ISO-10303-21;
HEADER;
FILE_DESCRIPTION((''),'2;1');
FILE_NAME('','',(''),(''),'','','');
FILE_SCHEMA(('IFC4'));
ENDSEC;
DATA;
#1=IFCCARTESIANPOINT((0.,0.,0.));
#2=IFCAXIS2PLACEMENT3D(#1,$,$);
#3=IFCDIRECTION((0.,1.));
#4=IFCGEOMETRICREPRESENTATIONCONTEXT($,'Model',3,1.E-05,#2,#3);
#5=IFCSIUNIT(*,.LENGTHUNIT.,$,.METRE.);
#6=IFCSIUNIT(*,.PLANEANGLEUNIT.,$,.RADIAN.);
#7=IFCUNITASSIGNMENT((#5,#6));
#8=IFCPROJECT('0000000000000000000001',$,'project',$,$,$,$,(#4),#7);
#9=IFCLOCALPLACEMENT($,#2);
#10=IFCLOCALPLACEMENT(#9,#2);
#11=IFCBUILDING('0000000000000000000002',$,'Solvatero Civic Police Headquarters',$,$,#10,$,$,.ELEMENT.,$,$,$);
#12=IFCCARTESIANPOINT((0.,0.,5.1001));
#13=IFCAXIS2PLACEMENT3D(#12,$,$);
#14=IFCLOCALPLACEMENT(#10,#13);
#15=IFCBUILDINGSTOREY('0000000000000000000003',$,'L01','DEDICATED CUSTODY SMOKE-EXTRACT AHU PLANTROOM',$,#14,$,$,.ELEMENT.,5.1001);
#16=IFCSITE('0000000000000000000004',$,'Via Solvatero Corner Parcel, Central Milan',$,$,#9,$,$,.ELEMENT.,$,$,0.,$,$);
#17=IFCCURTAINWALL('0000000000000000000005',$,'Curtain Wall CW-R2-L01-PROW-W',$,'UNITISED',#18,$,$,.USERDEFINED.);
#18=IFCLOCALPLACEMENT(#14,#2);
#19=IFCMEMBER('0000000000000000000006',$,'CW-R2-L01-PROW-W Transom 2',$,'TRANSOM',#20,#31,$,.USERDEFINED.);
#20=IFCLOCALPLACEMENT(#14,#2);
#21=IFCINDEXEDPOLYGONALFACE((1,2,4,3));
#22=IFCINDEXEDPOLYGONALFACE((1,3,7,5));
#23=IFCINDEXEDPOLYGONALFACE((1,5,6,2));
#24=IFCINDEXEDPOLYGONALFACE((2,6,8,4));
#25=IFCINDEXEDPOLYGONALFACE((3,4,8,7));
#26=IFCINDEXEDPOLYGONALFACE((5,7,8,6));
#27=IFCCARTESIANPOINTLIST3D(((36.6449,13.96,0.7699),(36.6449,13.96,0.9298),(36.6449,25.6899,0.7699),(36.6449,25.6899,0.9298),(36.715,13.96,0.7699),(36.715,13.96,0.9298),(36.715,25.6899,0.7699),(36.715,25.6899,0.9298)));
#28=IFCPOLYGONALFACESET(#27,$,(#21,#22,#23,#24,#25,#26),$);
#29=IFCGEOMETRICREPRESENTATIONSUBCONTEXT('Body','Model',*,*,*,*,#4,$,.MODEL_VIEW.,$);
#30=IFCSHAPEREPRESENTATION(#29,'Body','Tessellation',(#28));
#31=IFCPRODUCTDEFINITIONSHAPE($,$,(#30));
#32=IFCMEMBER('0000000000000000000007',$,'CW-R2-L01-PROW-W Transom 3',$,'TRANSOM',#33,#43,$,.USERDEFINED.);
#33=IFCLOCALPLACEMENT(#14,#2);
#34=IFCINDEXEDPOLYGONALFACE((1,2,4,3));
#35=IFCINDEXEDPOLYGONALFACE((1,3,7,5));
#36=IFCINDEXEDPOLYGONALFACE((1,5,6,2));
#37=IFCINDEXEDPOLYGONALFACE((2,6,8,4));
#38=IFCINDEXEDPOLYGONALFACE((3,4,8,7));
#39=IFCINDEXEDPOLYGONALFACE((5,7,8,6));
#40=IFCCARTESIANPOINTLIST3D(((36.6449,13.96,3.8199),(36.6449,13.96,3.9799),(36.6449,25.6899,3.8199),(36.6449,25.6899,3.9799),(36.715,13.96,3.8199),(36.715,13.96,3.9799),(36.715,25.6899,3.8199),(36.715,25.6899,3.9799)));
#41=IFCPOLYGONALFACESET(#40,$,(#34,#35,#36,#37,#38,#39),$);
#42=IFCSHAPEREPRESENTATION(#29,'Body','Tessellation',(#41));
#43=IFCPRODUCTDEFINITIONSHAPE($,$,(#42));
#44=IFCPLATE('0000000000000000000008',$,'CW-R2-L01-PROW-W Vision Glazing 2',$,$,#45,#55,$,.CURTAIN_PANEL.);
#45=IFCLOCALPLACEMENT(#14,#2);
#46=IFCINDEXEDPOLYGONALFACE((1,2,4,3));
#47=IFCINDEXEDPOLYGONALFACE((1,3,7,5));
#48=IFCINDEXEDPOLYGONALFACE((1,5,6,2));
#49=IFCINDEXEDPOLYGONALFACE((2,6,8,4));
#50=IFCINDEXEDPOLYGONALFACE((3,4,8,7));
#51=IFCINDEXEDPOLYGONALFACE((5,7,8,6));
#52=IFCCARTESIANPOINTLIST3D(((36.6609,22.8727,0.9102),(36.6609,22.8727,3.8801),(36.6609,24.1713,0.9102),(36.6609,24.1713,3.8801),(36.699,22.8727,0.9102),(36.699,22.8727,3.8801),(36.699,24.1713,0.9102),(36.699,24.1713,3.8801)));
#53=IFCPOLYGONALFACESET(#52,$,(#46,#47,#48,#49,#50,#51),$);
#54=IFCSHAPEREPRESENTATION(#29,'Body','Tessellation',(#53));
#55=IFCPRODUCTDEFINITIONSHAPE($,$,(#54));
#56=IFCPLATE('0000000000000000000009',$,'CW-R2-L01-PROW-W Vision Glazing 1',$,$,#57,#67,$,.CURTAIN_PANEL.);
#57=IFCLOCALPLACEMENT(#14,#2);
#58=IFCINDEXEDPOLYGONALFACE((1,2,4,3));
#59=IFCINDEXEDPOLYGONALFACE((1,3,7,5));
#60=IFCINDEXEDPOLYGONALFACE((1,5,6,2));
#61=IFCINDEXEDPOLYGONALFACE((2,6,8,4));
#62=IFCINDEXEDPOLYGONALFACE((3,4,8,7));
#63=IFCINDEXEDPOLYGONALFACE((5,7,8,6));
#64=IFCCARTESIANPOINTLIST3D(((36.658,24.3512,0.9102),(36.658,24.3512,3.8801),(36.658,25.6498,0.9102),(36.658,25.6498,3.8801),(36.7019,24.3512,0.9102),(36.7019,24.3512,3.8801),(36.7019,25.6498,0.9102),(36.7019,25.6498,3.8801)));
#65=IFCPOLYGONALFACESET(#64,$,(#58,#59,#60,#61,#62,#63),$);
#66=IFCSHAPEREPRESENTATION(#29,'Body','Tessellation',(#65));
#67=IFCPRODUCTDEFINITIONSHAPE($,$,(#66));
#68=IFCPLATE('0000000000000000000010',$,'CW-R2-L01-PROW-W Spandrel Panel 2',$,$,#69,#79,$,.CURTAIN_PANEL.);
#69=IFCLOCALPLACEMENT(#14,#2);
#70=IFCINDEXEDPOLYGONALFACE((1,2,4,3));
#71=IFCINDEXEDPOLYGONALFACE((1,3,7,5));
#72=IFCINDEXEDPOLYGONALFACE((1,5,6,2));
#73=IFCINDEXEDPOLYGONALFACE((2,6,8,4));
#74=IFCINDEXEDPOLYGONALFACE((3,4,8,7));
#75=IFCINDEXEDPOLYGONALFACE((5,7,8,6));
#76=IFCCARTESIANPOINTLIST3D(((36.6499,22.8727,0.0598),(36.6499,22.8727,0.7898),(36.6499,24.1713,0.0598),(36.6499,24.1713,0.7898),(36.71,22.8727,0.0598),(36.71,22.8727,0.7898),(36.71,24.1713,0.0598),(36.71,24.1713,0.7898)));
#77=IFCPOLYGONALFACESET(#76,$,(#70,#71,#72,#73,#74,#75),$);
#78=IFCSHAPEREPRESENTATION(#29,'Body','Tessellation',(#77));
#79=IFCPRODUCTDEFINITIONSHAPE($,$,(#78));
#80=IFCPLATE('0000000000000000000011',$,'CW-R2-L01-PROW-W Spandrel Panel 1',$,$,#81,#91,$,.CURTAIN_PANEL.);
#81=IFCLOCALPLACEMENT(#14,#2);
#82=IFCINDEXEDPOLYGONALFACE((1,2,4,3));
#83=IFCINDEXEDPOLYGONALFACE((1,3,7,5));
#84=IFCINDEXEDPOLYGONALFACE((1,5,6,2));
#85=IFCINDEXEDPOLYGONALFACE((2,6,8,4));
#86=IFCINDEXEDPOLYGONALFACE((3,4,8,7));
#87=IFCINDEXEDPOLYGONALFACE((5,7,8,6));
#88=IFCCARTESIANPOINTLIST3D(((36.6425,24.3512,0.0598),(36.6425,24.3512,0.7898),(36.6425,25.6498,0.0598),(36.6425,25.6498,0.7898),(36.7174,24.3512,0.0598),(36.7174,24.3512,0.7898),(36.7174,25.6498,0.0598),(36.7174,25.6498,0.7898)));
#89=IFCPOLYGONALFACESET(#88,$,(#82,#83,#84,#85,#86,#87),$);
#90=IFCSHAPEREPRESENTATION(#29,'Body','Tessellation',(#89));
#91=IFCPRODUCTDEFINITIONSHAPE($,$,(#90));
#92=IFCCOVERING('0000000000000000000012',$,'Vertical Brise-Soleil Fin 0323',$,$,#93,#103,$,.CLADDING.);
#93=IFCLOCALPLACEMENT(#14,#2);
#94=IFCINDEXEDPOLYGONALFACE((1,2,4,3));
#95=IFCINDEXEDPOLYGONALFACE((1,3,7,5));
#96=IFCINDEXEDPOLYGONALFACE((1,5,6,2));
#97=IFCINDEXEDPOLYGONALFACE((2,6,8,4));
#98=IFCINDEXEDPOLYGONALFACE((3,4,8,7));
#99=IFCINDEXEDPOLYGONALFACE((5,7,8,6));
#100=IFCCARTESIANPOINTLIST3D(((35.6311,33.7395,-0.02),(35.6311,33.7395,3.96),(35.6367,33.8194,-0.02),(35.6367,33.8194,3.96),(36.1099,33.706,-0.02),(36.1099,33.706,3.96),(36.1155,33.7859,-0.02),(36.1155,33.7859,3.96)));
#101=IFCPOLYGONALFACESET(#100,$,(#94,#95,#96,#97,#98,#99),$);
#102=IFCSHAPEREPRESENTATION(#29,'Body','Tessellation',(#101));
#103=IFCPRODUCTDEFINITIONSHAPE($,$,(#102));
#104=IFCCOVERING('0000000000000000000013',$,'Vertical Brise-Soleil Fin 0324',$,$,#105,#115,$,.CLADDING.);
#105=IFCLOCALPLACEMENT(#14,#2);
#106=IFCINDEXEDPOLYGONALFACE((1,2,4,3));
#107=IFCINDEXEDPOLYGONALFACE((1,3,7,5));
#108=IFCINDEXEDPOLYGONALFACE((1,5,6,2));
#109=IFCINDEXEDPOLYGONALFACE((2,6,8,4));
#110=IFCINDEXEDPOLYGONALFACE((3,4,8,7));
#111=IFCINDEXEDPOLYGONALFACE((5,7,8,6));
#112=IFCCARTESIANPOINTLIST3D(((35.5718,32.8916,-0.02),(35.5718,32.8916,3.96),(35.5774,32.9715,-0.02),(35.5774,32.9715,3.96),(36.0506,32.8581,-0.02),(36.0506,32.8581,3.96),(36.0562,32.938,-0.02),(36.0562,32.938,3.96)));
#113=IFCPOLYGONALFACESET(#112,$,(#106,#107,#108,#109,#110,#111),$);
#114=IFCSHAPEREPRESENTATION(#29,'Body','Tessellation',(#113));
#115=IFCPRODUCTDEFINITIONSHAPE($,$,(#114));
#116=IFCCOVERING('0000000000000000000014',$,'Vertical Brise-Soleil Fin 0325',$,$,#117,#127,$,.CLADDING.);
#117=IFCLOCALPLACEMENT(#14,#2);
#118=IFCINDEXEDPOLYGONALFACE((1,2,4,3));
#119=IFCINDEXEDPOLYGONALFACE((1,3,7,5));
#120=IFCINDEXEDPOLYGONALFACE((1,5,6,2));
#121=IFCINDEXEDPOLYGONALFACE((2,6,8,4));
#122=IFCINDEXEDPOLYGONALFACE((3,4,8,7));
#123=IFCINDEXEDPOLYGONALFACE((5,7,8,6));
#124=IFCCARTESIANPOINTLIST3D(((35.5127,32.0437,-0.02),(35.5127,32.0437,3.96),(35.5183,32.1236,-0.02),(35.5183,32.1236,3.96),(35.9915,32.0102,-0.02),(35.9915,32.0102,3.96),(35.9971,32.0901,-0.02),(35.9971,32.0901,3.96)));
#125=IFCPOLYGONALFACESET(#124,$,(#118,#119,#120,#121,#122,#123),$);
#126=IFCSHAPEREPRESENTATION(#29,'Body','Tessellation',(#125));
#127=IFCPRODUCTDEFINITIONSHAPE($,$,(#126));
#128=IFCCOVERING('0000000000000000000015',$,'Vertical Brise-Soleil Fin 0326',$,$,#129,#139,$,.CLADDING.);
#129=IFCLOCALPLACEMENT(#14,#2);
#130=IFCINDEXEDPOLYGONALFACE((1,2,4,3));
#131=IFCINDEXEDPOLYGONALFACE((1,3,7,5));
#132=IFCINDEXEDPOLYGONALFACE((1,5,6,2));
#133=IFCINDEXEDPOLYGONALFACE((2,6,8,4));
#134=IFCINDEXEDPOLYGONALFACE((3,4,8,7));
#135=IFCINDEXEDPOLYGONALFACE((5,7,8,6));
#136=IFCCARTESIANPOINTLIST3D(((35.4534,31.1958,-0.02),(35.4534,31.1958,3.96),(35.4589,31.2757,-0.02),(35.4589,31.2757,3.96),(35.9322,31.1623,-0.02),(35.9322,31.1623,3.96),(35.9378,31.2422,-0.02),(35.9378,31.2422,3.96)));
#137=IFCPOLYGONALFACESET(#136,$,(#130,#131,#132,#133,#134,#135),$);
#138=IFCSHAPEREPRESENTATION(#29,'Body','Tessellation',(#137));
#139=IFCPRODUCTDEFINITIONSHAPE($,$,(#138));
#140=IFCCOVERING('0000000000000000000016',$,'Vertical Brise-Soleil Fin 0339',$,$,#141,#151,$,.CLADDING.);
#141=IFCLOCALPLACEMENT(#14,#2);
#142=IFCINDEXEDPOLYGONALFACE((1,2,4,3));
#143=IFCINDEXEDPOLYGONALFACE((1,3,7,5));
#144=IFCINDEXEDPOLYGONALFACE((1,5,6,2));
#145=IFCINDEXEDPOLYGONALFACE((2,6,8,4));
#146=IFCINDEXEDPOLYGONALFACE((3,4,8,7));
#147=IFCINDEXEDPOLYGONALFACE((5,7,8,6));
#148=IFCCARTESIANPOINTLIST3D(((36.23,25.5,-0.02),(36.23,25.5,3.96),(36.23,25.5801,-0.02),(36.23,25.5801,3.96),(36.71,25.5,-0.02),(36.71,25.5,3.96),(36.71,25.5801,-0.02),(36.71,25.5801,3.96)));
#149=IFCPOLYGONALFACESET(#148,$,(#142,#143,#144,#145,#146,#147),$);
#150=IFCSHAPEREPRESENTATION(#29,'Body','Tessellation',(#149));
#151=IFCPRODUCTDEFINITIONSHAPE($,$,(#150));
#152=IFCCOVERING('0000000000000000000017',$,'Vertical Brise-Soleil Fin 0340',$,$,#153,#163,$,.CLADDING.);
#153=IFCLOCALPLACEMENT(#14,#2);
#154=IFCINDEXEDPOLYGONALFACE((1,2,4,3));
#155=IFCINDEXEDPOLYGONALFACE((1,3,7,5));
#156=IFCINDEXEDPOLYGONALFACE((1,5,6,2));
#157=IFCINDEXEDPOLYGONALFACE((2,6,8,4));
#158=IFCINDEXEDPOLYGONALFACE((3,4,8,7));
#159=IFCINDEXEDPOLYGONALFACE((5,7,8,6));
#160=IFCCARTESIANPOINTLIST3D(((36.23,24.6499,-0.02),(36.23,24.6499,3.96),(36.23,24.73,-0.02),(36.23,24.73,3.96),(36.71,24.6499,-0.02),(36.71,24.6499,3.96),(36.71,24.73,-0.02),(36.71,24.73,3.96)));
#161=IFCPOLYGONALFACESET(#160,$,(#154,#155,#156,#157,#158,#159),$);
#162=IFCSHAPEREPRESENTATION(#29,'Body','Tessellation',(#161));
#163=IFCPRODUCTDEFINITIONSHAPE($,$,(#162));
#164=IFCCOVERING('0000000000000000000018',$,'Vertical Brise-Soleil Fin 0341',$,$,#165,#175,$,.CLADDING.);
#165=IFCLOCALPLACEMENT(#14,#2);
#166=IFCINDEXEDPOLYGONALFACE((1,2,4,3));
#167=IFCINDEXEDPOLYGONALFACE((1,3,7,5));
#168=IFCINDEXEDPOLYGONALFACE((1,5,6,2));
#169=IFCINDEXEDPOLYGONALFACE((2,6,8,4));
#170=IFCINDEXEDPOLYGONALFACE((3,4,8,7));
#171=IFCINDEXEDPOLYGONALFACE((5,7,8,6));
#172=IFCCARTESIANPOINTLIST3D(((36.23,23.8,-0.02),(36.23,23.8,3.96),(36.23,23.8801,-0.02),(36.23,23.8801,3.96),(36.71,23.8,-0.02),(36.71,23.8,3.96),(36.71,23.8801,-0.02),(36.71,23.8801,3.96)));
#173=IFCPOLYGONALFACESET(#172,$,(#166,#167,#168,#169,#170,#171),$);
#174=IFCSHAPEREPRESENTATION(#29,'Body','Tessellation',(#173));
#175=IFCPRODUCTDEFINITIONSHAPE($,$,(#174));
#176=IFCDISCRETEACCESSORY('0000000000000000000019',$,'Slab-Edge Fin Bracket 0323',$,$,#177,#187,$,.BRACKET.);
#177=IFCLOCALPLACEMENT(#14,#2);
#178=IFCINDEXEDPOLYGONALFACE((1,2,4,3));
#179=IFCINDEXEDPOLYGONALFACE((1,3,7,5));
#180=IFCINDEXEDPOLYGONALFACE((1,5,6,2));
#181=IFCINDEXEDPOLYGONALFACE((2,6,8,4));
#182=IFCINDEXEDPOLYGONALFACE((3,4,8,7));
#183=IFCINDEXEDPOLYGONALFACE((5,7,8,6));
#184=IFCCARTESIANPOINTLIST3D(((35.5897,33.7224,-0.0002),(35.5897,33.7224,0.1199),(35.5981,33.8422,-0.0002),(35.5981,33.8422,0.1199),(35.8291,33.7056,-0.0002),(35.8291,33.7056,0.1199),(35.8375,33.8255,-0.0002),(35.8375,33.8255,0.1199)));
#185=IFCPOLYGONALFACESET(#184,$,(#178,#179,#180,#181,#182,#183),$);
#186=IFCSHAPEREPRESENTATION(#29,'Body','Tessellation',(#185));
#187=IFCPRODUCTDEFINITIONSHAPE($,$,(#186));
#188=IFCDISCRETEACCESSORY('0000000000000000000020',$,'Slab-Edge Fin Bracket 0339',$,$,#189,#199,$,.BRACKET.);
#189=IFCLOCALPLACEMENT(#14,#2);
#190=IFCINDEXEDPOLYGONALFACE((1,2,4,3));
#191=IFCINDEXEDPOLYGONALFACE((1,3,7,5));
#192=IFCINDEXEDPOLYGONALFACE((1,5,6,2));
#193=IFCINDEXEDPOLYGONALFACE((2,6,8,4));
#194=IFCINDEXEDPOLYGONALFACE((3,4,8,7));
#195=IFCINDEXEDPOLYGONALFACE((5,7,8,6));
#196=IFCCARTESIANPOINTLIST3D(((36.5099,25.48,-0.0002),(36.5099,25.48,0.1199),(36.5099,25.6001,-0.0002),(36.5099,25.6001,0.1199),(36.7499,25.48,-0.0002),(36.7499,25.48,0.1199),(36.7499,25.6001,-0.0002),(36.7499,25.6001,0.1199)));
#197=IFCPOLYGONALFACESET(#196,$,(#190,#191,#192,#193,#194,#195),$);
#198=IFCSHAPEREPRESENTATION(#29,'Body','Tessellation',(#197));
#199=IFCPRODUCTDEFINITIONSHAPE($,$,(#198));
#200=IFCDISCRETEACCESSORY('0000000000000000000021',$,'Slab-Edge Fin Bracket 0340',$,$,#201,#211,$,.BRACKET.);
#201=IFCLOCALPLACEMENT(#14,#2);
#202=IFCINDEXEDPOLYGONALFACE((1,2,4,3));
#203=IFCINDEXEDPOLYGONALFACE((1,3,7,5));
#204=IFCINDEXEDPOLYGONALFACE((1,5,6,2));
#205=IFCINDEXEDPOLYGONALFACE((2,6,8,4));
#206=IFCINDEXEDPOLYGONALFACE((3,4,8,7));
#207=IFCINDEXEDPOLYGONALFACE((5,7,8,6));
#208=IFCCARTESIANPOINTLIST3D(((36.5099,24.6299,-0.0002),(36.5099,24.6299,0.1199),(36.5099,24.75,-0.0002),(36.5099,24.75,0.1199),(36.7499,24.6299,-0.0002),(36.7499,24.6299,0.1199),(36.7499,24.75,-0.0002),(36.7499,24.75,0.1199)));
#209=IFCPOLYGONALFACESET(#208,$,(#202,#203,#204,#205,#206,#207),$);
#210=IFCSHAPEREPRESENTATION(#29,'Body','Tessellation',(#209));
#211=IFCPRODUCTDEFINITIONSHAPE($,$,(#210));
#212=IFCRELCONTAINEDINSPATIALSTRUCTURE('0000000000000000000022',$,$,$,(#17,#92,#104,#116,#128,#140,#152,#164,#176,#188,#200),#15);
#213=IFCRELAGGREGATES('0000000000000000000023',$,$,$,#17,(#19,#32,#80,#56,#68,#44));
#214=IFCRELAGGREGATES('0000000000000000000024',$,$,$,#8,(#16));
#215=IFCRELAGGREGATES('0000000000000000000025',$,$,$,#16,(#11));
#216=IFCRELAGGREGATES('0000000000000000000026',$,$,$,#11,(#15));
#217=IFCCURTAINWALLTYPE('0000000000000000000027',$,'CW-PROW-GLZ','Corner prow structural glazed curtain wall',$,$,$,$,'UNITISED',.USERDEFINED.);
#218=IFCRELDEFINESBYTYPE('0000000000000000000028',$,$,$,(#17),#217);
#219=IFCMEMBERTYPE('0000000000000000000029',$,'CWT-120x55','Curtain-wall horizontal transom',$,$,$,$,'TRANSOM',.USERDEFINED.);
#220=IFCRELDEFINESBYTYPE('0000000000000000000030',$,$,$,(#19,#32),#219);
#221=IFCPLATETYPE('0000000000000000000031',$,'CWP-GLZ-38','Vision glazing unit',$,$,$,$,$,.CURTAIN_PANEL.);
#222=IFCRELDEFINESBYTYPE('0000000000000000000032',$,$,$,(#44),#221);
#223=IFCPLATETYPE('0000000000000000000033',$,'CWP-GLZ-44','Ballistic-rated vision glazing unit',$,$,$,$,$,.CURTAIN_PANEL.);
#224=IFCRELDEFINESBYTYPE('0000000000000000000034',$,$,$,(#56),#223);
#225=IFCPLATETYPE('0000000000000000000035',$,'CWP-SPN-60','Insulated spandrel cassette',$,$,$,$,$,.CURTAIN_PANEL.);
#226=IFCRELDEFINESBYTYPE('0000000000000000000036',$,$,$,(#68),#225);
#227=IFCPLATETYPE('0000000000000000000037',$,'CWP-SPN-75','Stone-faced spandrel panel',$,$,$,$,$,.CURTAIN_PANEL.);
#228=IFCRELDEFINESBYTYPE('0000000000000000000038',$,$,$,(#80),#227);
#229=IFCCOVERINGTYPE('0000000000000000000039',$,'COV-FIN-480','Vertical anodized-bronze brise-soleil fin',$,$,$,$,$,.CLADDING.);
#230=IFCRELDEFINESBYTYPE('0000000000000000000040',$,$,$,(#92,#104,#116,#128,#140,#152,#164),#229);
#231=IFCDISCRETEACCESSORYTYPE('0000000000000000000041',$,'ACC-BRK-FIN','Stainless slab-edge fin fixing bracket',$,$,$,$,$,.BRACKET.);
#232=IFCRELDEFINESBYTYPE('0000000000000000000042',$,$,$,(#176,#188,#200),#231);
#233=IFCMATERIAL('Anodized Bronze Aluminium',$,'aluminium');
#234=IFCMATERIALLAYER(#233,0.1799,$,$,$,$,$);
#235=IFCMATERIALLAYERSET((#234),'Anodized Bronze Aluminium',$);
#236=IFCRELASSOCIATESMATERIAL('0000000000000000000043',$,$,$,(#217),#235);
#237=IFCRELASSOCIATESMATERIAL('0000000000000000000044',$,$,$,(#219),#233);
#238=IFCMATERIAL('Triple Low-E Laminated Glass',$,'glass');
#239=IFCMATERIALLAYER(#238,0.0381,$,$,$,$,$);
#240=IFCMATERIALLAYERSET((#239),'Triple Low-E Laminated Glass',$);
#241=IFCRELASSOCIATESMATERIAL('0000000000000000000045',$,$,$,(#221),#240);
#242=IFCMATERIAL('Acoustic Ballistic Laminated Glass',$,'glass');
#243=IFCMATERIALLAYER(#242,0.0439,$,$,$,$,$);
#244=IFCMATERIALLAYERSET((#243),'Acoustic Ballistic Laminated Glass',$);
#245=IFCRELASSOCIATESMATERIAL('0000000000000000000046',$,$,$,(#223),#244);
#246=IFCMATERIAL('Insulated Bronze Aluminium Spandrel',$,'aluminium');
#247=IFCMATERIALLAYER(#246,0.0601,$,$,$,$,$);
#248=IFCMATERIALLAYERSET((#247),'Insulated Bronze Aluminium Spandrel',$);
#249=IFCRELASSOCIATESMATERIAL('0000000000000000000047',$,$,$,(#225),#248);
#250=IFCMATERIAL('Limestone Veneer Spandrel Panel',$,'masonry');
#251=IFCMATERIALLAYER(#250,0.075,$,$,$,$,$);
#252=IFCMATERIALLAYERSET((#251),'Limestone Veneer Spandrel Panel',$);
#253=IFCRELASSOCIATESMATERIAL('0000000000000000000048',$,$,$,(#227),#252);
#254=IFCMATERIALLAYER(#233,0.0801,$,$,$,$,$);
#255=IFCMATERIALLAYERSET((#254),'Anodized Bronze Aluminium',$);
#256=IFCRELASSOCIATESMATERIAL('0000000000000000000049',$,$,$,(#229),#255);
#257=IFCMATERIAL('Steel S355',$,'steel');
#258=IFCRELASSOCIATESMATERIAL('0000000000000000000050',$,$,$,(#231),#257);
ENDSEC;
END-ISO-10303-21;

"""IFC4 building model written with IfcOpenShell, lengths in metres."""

from ifc_helpers import new_model, si_unit, direction, frame, origin, origin_2d, place, context, subcontext, project, spatial, rectangle, extrude, material, layer, layer_set, material_profile, profile_set, type_object, element, aggregate, save


model = new_model("IFC4")

# Units and contexts
model_context = context("Model", 3, precision=1e-05, world=origin(), true_north=direction((0.0, 1.0)))
body_context = subcontext(model_context, "Body", "Model", "MODEL_VIEW")
ifc_project = project(units=[si_unit("LENGTHUNIT", "METRE"), si_unit("PLANEANGLEUNIT", "RADIAN")], contexts=[model_context])

# Site, building, storey
site_placement = place(None, origin())
site = spatial("IfcSite", under=ifc_project, at=site_placement, Name="Via Solvatero Corner Parcel, Central Milan", CompositionType="ELEMENT", RefElevation=0.0)
building_placement = place(site_placement, origin())
building = spatial("IfcBuilding", under=site, at=building_placement, Name="Solvatero Civic Police Headquarters", CompositionType="ELEMENT")
storey_placement = place(building_placement, frame((0.0, 0.0, 5.1001)))
storey = spatial("IfcBuildingStorey", under=building, at=storey_placement, Name="L01", Description="DEDICATED CUSTODY SMOKE-EXTRACT AHU PLANTROOM", CompositionType="ELEMENT", Elevation=5.1001)

# Shared definitions
ifc_material_1 = material(Name="Steel S355", Category="steel")

# Curtain wall, members, plates
ifc_material_2 = material(Name="Anodized Bronze Aluminium", Category="aluminium")
ifc_layer_1 = layer(ifc_material_2, 0.1799)
ifc_layer_set_1 = layer_set([ifc_layer_1], Name="Anodized Bronze Aluminium")
curtain_wall_type = type_object("IfcCurtainWallType", Name="CW-PROW-GLZ", Description="Corner prow structural glazed curtain wall", ElementType="UNITISED", PredefinedType="USERDEFINED", material=ifc_layer_set_1)
curtain_wall_placement = place(storey_placement, origin())
curtain_wall = element("IfcCurtainWall", 1, at=curtain_wall_placement, inside=storey, type_object=curtain_wall_type, Name="Curtain Wall CW-R2-L01-PROW-W", ObjectType="UNITISED", PredefinedType="USERDEFINED")
ifc_material_profile_1 = material_profile(ifc_material_2, rectangle(XDim=0.0701, YDim=0.1599, at=origin_2d()), Name="ALU TRANSOM 70x160")
ifc_profile_set_1 = profile_set([ifc_material_profile_1], Name="Anodized Bronze Aluminium")
member_type_1 = type_object("IfcMemberType", Name="CWT-120x55", Description="Curtain-wall horizontal transom", ElementType="TRANSOM", PredefinedType="USERDEFINED", material=ifc_profile_set_1)
member_1_placement = place(storey_placement, frame((36.6799, 25.6899, 0.8499), z_axis=(0.0, -1.0, 0.0), x_axis=(1.0, 0.0, 0.0)))
member_1 = element("IfcMember", 2, at=member_1_placement, type_object=member_type_1, Name="CW-R2-L01-PROW-W Transom 2", ObjectType="TRANSOM", PredefinedType="USERDEFINED", context=body_context, shape_type="SweptSolid", body=[
    extrude(rectangle(XDim=0.0701, YDim=0.1599, at=origin_2d()), origin(), (0.0, 0.0, 1.0), 11.73),
])
member_2_placement = place(storey_placement, frame((36.6799, 25.6899, 3.8999), z_axis=(0.0, -1.0, 0.0), x_axis=(1.0, 0.0, 0.0)))
member_2 = element("IfcMember", 3, at=member_2_placement, type_object=member_type_1, Name="CW-R2-L01-PROW-W Transom 3", ObjectType="TRANSOM", PredefinedType="USERDEFINED", context=body_context, shape_type="SweptSolid", body=[
    extrude(rectangle(XDim=0.0701, YDim=0.1599, at=origin_2d()), origin(), (0.0, 0.0, 1.0), 11.73),
])
ifc_material_3 = material(Name="Triple Low-E Laminated Glass", Category="glass")
ifc_layer_2 = layer(ifc_material_3, 0.0381)
ifc_layer_set_2 = layer_set([ifc_layer_2], Name="Triple Low-E Laminated Glass")
plate_type_1 = type_object("IfcPlateType", Name="CWP-GLZ-38", Description="Vision glazing unit", PredefinedType="CURTAIN_PANEL", material=ifc_layer_set_2)
plate_1_placement = place(storey_placement, frame((36.6799, 23.522, 0.9102), z_axis=(0.0, 0.0, 1.0), x_axis=(0.0, -1.0, 0.0)))
plate_1 = element("IfcPlate", 4, at=plate_1_placement, type_object=plate_type_1, Name="CW-R2-L01-PROW-W Vision Glazing 2", PredefinedType="CURTAIN_PANEL", context=body_context, shape_type="SweptSolid", body=[
    extrude(rectangle(XDim=1.2986, YDim=0.0381, at=origin_2d()), origin(), (0.0, 0.0, 1.0), 2.97),
])
ifc_material_4 = material(Name="Acoustic Ballistic Laminated Glass", Category="glass")
ifc_layer_3 = layer(ifc_material_4, 0.0439)
ifc_layer_set_3 = layer_set([ifc_layer_3], Name="Acoustic Ballistic Laminated Glass")
plate_type_2 = type_object("IfcPlateType", Name="CWP-GLZ-44", Description="Ballistic-rated vision glazing unit", PredefinedType="CURTAIN_PANEL", material=ifc_layer_set_3)
plate_2_placement = place(storey_placement, frame((36.6799, 25.0005, 0.9102), z_axis=(0.0, 0.0, 1.0), x_axis=(0.0, -1.0, 0.0)))
plate_2 = element("IfcPlate", 5, at=plate_2_placement, type_object=plate_type_2, Name="CW-R2-L01-PROW-W Vision Glazing 1", PredefinedType="CURTAIN_PANEL", context=body_context, shape_type="SweptSolid", body=[
    extrude(rectangle(XDim=1.2986, YDim=0.0439, at=origin_2d()), origin(), (0.0, 0.0, 1.0), 2.97),
])
ifc_material_5 = material(Name="Insulated Bronze Aluminium Spandrel", Category="aluminium")
ifc_layer_4 = layer(ifc_material_5, 0.0601)
ifc_layer_set_4 = layer_set([ifc_layer_4], Name="Insulated Bronze Aluminium Spandrel")
plate_type_3 = type_object("IfcPlateType", Name="CWP-SPN-60", Description="Insulated spandrel cassette", PredefinedType="CURTAIN_PANEL", material=ifc_layer_set_4)
plate_3_placement = place(storey_placement, frame((36.6799, 23.522, 0.0598), z_axis=(0.0, 0.0, 1.0), x_axis=(0.0, -1.0, 0.0)))
plate_3 = element("IfcPlate", 6, at=plate_3_placement, type_object=plate_type_3, Name="CW-R2-L01-PROW-W Spandrel Panel 2", PredefinedType="CURTAIN_PANEL", context=body_context, shape_type="SweptSolid", body=[
    extrude(rectangle(XDim=1.2986, YDim=0.0601, at=origin_2d()), origin(), (0.0, 0.0, 1.0), 0.73),
])
ifc_material_6 = material(Name="Limestone Veneer Spandrel Panel", Category="masonry")
ifc_layer_5 = layer(ifc_material_6, 0.075)
ifc_layer_set_5 = layer_set([ifc_layer_5], Name="Limestone Veneer Spandrel Panel")
plate_type_4 = type_object("IfcPlateType", Name="CWP-SPN-75", Description="Stone-faced spandrel panel", PredefinedType="CURTAIN_PANEL", material=ifc_layer_set_5)
plate_4_placement = place(storey_placement, frame((36.6799, 25.0005, 0.0598), z_axis=(0.0, 0.0, 1.0), x_axis=(0.0, -1.0, 0.0)))
plate_4 = element("IfcPlate", 7, at=plate_4_placement, type_object=plate_type_4, Name="CW-R2-L01-PROW-W Spandrel Panel 1", PredefinedType="CURTAIN_PANEL", context=body_context, shape_type="SweptSolid", body=[
    extrude(rectangle(XDim=1.2986, YDim=0.075, at=origin_2d()), origin(), (0.0, 0.0, 1.0), 0.73),
])
aggregate(curtain_wall, [member_1, member_2, plate_4, plate_2, plate_3, plate_1])

# Coverings
ifc_layer_6 = layer(ifc_material_2, 0.0801)
ifc_layer_set_6 = layer_set([ifc_layer_6], Name="Anodized Bronze Aluminium")
covering_type = type_object("IfcCoveringType", Name="COV-FIN-480", Description="Vertical anodized-bronze brise-soleil fin", PredefinedType="CLADDING", material=ifc_layer_set_6)
for number, where, z_axis, x_axis, name in (
    (8, (35.8733, 33.7627, -0.02), (0.0, 0.0, 1.0), (-0.069756, -0.997564, 0.0), "Vertical Brise-Soleil Fin 0323"),
    (9, (35.814, 32.9148, -0.02), (0.0, 0.0, 1.0), (-0.069756, -0.997564, 0.0), "Vertical Brise-Soleil Fin 0324"),
    (10, (35.7549, 32.0669, -0.02), (0.0, 0.0, 1.0), (-0.069756, -0.997564, 0.0), "Vertical Brise-Soleil Fin 0325"),
    (11, (35.6956, 31.219, -0.02), (0.0, 0.0, 1.0), (-0.069756, -0.997564, 0.0), "Vertical Brise-Soleil Fin 0326"),
    (12, (36.47, 25.54, -0.02), (0.0, 0.0, 1.0), (0.0, -1.0, 0.0), "Vertical Brise-Soleil Fin 0339"),
    (13, (36.47, 24.6899, -0.02), (0.0, 0.0, 1.0), (0.0, -1.0, 0.0), "Vertical Brise-Soleil Fin 0340"),
    (14, (36.47, 23.8401, -0.02), (0.0, 0.0, 1.0), (0.0, -1.0, 0.0), "Vertical Brise-Soleil Fin 0341"),
):
    element("IfcCovering", number, at=place(storey_placement, frame(where, z_axis=z_axis, x_axis=x_axis)), inside=storey, type_object=covering_type, Name=name, PredefinedType="CLADDING", context=body_context, shape_type="SweptSolid", body=[
        extrude(rectangle(XDim=0.0801, YDim=0.48, at=origin_2d()), origin(), (0.0, 0.0, 1.0), 3.98),
    ])

# Discrete accessories
discrete_accessory_type = type_object("IfcDiscreteAccessoryType", Name="ACC-BRK-FIN", Description="Stainless slab-edge fin fixing bracket", PredefinedType="BRACKET", material=ifc_material_1)
for number, where, z_axis, x_axis, name in (
    (15, (35.7136, 33.7739, -0.0002), (0.0, 0.0, 1.0), (-0.069756, -0.997564, 0.0), "Slab-Edge Fin Bracket 0323"),
    (16, (36.6299, 25.54, -0.0002), (0.0, 0.0, 1.0), (0.0, -1.0, 0.0), "Slab-Edge Fin Bracket 0339"),
    (17, (36.6299, 24.6899, -0.0002), (0.0, 0.0, 1.0), (0.0, -1.0, 0.0), "Slab-Edge Fin Bracket 0340"),
):
    element("IfcDiscreteAccessory", number, at=place(storey_placement, frame(where, z_axis=z_axis, x_axis=x_axis)), inside=storey, type_object=discrete_accessory_type, Name=name, PredefinedType="BRACKET", context=body_context, shape_type="SweptSolid", body=[
        extrude(rectangle(XDim=0.1201, YDim=0.24, at=origin_2d()), origin(), (0.0, 0.0, 1.0), 0.1201),
    ])

save(model, "model.ifc")
